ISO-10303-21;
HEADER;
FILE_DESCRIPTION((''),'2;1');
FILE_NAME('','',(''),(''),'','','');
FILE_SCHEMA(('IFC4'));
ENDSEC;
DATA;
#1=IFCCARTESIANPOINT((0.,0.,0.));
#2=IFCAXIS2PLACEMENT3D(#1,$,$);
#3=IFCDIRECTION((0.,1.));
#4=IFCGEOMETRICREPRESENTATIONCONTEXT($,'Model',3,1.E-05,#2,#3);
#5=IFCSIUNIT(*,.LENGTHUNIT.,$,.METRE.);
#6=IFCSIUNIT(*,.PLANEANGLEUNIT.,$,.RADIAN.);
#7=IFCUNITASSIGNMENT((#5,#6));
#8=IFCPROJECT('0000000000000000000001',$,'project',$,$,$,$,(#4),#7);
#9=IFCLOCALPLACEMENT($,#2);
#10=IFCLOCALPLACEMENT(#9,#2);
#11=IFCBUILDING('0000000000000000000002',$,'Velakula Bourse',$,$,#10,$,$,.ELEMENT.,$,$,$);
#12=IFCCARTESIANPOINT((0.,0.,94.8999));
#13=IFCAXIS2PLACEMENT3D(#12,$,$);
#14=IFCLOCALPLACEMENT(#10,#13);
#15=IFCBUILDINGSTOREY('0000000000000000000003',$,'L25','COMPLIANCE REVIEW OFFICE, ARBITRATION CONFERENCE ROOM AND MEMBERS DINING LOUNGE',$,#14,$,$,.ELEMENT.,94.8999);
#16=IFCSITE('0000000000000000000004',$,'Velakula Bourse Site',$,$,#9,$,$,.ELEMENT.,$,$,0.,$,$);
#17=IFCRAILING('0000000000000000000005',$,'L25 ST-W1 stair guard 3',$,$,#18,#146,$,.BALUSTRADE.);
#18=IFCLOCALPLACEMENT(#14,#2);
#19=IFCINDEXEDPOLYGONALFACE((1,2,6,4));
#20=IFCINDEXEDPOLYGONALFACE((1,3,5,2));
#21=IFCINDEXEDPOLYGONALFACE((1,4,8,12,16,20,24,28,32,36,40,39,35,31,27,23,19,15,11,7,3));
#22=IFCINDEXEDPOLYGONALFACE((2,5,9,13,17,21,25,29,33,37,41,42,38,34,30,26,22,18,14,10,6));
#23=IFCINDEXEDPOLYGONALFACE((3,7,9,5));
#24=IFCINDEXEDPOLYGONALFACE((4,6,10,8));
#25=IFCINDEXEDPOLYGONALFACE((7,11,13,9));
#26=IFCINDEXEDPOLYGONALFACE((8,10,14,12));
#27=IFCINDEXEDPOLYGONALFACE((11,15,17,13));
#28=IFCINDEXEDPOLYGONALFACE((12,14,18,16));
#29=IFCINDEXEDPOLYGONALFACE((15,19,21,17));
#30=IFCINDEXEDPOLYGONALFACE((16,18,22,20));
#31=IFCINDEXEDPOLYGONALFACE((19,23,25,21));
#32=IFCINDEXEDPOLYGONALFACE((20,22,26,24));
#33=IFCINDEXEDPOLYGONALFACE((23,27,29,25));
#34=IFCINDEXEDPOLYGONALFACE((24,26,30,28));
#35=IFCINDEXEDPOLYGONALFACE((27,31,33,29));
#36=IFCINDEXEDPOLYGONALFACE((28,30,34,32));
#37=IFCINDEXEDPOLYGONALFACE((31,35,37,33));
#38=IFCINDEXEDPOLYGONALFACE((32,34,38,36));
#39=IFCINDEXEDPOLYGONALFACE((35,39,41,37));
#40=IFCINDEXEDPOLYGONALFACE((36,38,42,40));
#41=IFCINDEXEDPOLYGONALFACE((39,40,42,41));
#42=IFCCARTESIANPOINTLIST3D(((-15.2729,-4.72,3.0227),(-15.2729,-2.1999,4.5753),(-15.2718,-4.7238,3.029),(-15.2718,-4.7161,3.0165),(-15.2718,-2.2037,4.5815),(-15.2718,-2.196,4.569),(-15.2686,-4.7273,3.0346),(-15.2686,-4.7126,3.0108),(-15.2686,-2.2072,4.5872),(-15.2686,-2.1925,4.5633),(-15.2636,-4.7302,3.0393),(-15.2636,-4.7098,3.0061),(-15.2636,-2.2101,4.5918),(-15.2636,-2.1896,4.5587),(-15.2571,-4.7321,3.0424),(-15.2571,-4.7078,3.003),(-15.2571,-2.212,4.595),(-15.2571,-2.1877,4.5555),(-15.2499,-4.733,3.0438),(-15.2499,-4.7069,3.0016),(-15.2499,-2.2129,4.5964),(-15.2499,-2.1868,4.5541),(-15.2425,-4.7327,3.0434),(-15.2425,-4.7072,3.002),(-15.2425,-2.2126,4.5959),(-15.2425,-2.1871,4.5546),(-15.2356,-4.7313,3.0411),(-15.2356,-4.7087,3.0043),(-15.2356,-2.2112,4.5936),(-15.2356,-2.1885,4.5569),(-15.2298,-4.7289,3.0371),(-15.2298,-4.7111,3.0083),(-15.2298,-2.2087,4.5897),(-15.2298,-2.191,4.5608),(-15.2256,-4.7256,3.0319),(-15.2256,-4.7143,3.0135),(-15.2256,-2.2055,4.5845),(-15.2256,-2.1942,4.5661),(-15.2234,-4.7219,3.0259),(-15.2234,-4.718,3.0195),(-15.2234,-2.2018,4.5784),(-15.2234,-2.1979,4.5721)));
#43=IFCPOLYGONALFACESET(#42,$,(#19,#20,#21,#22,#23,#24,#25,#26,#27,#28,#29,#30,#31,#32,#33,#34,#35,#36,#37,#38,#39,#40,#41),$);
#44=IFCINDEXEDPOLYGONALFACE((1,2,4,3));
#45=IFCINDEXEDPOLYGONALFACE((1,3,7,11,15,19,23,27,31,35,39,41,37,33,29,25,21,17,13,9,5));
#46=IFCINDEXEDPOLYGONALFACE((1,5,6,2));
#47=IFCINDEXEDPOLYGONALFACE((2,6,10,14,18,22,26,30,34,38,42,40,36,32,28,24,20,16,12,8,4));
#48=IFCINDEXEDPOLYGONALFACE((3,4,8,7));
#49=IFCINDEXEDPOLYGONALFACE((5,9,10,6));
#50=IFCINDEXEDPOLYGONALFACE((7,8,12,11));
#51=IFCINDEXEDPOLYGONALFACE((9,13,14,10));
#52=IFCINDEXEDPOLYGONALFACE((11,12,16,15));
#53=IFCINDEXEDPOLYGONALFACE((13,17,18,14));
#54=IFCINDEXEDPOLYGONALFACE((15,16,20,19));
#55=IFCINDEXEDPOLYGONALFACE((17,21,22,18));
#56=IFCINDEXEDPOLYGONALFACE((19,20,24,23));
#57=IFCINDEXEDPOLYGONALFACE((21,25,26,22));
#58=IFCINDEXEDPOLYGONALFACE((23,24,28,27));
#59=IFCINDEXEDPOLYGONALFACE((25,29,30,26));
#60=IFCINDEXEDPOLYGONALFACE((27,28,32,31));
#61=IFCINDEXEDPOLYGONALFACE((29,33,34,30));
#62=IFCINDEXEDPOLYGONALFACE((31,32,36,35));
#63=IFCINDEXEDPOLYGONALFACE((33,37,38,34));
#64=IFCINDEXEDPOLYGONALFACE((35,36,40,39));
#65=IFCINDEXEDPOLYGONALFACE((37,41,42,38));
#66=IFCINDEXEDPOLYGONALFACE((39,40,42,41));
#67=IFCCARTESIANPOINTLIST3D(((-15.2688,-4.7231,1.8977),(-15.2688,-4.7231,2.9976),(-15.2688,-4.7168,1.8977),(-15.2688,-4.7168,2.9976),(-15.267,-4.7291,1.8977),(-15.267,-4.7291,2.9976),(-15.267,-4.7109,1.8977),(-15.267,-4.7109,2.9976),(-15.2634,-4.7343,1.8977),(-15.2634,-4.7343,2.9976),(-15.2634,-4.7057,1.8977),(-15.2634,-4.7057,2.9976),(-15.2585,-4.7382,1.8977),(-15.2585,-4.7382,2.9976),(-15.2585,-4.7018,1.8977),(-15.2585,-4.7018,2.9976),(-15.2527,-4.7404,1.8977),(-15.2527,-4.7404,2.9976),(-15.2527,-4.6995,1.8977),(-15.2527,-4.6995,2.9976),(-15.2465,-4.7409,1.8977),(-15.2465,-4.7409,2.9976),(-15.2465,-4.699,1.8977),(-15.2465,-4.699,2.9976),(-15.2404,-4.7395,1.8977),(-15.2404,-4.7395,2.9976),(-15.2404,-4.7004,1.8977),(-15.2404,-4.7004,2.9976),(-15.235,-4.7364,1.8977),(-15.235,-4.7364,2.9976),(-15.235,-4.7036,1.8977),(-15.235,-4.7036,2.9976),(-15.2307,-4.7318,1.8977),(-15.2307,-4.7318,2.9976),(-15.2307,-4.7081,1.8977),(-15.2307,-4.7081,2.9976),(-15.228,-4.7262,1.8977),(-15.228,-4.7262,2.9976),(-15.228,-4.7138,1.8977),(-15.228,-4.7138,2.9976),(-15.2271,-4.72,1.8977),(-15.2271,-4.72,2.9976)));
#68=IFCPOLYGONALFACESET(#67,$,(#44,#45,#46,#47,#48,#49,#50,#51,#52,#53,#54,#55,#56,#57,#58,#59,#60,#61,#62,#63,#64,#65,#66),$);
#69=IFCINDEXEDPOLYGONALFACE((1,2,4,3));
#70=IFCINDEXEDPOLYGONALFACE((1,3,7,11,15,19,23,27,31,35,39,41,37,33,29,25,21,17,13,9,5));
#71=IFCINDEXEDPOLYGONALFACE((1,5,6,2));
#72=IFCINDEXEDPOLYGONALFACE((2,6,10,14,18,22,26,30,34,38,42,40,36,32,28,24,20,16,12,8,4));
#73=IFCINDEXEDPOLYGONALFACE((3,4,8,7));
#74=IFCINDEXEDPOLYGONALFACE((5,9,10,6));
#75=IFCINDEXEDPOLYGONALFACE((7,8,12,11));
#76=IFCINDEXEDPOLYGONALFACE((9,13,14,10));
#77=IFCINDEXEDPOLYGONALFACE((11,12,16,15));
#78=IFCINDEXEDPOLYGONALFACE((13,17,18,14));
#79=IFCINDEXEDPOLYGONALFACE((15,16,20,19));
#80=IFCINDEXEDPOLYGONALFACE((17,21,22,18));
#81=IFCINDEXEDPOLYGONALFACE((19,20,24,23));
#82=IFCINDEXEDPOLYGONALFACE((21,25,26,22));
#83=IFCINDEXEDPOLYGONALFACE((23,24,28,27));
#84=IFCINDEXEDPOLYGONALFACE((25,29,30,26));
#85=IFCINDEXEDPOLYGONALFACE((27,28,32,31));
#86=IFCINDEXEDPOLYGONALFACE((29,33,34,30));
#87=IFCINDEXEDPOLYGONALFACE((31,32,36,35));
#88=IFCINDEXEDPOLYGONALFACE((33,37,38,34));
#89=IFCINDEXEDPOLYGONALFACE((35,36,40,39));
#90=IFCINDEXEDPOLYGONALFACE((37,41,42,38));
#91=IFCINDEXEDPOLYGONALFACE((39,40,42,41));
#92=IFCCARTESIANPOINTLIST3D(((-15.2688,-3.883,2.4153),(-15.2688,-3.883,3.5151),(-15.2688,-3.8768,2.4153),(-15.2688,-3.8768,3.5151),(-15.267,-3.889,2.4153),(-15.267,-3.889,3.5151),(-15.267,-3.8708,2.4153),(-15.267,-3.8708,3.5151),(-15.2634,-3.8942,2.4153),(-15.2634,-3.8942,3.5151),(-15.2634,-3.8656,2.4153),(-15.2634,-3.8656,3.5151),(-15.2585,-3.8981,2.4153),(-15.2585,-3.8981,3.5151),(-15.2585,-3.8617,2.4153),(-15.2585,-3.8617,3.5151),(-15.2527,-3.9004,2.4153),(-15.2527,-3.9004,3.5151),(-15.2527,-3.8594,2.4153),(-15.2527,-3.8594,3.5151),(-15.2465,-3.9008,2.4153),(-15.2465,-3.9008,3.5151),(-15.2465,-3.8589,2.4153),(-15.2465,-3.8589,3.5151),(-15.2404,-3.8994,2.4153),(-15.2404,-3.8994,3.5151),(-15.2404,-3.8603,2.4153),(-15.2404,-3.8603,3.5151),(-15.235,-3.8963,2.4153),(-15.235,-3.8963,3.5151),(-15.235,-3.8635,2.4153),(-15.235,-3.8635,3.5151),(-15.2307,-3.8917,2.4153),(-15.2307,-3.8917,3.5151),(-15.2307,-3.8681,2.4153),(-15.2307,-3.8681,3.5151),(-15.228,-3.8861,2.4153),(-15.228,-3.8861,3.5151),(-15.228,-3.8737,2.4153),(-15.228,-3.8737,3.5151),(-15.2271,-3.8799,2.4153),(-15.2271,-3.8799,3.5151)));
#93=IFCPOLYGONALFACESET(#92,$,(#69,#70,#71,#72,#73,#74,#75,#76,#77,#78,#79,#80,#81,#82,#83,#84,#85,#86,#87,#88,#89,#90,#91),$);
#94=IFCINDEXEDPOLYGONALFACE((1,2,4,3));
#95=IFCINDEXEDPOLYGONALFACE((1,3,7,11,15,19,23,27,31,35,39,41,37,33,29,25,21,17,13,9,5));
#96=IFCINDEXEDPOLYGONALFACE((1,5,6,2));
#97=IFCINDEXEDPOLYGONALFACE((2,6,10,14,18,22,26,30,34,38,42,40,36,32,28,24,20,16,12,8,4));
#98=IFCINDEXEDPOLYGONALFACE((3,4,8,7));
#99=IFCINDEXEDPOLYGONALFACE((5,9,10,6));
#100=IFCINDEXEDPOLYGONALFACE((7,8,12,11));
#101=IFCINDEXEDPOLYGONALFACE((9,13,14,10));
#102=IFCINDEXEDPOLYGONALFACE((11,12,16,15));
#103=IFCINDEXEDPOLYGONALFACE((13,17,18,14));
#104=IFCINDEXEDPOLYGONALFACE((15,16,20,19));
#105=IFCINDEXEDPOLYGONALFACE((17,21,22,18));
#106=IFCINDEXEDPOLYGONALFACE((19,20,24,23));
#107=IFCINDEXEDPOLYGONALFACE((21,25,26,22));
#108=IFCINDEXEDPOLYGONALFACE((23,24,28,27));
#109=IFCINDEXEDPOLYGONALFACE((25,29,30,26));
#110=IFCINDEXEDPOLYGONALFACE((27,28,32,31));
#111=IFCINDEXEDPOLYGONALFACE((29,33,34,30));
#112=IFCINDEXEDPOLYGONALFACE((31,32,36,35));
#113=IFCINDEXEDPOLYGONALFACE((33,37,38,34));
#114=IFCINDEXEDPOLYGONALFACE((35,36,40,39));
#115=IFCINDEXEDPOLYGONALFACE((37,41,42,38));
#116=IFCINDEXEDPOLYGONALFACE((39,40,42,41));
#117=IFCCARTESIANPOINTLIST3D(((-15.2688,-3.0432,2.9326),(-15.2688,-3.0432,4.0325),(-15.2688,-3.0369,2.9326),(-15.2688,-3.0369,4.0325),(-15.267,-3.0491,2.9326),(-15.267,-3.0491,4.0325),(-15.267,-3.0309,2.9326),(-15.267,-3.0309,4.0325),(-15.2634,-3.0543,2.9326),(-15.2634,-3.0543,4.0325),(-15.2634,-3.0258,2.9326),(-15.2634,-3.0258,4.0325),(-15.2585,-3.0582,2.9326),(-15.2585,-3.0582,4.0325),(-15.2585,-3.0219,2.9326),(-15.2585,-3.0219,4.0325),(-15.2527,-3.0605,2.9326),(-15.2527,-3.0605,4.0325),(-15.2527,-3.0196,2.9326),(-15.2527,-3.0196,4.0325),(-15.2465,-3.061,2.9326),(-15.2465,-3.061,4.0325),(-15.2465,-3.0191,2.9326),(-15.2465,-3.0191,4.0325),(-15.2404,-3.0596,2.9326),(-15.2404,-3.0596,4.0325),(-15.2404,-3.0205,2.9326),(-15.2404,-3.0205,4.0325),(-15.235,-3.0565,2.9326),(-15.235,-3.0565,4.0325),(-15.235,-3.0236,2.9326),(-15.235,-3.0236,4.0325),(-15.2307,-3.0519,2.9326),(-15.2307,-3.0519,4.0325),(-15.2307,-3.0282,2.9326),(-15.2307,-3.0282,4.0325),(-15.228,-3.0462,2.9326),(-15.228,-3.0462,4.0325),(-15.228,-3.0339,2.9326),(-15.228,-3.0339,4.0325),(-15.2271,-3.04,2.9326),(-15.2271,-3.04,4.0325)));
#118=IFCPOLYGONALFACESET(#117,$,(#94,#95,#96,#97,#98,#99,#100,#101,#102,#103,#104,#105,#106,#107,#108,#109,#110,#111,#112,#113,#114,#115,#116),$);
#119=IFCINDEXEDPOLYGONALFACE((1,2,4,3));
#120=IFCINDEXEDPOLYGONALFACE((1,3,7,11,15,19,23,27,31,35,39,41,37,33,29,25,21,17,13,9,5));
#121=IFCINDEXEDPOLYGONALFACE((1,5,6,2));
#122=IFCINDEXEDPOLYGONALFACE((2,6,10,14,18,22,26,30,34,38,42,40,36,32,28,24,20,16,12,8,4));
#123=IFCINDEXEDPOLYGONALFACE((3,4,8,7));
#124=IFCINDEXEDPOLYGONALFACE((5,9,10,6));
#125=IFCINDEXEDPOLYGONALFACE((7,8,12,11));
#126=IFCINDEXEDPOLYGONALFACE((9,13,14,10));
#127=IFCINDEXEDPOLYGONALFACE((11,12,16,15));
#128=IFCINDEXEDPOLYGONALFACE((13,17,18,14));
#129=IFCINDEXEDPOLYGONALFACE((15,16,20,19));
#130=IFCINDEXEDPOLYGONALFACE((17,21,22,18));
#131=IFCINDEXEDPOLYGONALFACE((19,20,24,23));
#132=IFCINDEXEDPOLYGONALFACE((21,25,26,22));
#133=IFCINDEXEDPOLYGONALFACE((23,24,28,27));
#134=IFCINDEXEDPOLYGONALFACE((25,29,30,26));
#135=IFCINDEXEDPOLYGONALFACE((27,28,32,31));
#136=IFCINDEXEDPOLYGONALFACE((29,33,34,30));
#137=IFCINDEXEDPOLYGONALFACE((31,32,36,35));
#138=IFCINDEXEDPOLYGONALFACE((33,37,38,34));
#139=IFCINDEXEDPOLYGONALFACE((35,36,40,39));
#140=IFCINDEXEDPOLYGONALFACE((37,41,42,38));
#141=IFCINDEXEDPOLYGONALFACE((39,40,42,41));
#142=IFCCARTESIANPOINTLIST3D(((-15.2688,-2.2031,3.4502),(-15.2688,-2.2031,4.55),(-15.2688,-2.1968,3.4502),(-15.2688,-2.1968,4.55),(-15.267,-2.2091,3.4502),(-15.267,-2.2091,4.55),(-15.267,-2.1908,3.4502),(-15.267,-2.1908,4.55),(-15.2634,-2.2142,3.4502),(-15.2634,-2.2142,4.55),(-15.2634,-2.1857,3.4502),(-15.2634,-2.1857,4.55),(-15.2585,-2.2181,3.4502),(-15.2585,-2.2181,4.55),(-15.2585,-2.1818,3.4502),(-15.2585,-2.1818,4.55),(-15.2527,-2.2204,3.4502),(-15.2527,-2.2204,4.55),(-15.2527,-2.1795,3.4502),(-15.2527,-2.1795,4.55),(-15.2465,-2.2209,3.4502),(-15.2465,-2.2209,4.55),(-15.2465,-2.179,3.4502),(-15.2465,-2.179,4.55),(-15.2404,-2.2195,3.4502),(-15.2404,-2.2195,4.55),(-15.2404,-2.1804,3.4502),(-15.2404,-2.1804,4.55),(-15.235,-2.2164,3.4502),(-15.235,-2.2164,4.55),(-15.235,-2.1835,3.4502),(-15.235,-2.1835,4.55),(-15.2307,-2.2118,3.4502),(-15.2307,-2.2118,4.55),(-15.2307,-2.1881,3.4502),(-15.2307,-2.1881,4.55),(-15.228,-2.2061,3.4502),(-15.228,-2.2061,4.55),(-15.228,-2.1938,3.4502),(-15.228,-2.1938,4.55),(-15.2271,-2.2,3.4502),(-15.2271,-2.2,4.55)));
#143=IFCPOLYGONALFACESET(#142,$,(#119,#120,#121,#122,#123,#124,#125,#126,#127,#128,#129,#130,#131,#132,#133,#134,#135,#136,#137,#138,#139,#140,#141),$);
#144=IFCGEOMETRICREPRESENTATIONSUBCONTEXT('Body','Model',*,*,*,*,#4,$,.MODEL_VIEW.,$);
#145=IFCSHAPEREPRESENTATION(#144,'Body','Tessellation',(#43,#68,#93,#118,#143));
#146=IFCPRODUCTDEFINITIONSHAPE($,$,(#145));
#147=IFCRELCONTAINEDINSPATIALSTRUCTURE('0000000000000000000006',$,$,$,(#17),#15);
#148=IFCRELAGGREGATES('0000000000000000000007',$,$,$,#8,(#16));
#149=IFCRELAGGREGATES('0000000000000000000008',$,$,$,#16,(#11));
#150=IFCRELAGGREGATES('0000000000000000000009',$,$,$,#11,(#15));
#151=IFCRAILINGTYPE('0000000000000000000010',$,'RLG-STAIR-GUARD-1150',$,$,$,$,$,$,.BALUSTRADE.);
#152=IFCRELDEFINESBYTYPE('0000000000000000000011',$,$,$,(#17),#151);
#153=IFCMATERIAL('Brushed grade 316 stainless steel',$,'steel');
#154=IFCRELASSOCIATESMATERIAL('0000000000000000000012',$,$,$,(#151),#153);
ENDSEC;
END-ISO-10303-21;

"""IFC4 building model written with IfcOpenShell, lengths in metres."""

from ifc_helpers import new_model, si_unit, direction, frame, origin, origin_2d, place, context, subcontext, project, spatial, circle, extrude, material, type_object, element, save


model = new_model("IFC4")

# Units and contexts
model_context = context("Model", 3, precision=1e-05, world=origin(), true_north=direction((0.0, 1.0)))
body_context = subcontext(model_context, "Body", "Model", "MODEL_VIEW")
ifc_project = project(units=[si_unit("LENGTHUNIT", "METRE"), si_unit("PLANEANGLEUNIT", "RADIAN")], contexts=[model_context])

# Site, building, storey
site_placement = place(None, origin())
site = spatial("IfcSite", under=ifc_project, at=site_placement, Name="Velakula Bourse Site", CompositionType="ELEMENT", RefElevation=0.0)
building_placement = place(site_placement, origin())
building = spatial("IfcBuilding", under=site, at=building_placement, Name="Velakula Bourse", CompositionType="ELEMENT")
storey_placement = place(building_placement, frame((0.0, 0.0, 94.8999)))
storey = spatial("IfcBuildingStorey", under=building, at=storey_placement, Name="L25", Description="COMPLIANCE REVIEW OFFICE, ARBITRATION CONFERENCE ROOM AND MEMBERS DINING LOUNGE", CompositionType="ELEMENT", Elevation=94.8999)

# Shared definitions
ifc_material_1 = material(Name="Brushed grade 316 stainless steel", Category="steel")

# Railing
railing_type_1 = type_object("IfcRailingType", Name="RLG-STAIR-GUARD-1150", PredefinedType="BALUSTRADE", material=ifc_material_1)
railing_1_placement = place(storey_placement, frame((-15.248, -4.72, 1.8977)))
element("IfcRailing", 1, at=railing_1_placement, inside=storey, type_object=railing_type_1, Name="L25 ST-W1 stair guard 3", PredefinedType="BALUSTRADE", context=body_context, shape_type="SweptSolid", body=[
    extrude(circle(Radius=0.0249, at=origin_2d()), frame((0.0, 0.0, 1.125), z_axis=(0.0, 0.8514, 0.524516), x_axis=(-1.0, 0.0, 0.0)), (0.0, 0.0, 1.0), 2.96),
    extrude(circle(Radius=0.021, at=origin_2d()), origin(), (0.0, 0.0, 1.0), 1.0999),
    extrude(circle(Radius=0.021, at=origin_2d()), frame((0.0, 0.8401, 0.5176)), (0.0, 0.0, 1.0), 1.0999),
    extrude(circle(Radius=0.021, at=origin_2d()), frame((0.0, 1.6799, 1.0349)), (0.0, 0.0, 1.0), 1.0999),
    extrude(circle(Radius=0.021, at=origin_2d()), frame((0.0, 2.52, 1.5525)), (0.0, 0.0, 1.0), 1.0999),
])

save(model, "model.ifc")
